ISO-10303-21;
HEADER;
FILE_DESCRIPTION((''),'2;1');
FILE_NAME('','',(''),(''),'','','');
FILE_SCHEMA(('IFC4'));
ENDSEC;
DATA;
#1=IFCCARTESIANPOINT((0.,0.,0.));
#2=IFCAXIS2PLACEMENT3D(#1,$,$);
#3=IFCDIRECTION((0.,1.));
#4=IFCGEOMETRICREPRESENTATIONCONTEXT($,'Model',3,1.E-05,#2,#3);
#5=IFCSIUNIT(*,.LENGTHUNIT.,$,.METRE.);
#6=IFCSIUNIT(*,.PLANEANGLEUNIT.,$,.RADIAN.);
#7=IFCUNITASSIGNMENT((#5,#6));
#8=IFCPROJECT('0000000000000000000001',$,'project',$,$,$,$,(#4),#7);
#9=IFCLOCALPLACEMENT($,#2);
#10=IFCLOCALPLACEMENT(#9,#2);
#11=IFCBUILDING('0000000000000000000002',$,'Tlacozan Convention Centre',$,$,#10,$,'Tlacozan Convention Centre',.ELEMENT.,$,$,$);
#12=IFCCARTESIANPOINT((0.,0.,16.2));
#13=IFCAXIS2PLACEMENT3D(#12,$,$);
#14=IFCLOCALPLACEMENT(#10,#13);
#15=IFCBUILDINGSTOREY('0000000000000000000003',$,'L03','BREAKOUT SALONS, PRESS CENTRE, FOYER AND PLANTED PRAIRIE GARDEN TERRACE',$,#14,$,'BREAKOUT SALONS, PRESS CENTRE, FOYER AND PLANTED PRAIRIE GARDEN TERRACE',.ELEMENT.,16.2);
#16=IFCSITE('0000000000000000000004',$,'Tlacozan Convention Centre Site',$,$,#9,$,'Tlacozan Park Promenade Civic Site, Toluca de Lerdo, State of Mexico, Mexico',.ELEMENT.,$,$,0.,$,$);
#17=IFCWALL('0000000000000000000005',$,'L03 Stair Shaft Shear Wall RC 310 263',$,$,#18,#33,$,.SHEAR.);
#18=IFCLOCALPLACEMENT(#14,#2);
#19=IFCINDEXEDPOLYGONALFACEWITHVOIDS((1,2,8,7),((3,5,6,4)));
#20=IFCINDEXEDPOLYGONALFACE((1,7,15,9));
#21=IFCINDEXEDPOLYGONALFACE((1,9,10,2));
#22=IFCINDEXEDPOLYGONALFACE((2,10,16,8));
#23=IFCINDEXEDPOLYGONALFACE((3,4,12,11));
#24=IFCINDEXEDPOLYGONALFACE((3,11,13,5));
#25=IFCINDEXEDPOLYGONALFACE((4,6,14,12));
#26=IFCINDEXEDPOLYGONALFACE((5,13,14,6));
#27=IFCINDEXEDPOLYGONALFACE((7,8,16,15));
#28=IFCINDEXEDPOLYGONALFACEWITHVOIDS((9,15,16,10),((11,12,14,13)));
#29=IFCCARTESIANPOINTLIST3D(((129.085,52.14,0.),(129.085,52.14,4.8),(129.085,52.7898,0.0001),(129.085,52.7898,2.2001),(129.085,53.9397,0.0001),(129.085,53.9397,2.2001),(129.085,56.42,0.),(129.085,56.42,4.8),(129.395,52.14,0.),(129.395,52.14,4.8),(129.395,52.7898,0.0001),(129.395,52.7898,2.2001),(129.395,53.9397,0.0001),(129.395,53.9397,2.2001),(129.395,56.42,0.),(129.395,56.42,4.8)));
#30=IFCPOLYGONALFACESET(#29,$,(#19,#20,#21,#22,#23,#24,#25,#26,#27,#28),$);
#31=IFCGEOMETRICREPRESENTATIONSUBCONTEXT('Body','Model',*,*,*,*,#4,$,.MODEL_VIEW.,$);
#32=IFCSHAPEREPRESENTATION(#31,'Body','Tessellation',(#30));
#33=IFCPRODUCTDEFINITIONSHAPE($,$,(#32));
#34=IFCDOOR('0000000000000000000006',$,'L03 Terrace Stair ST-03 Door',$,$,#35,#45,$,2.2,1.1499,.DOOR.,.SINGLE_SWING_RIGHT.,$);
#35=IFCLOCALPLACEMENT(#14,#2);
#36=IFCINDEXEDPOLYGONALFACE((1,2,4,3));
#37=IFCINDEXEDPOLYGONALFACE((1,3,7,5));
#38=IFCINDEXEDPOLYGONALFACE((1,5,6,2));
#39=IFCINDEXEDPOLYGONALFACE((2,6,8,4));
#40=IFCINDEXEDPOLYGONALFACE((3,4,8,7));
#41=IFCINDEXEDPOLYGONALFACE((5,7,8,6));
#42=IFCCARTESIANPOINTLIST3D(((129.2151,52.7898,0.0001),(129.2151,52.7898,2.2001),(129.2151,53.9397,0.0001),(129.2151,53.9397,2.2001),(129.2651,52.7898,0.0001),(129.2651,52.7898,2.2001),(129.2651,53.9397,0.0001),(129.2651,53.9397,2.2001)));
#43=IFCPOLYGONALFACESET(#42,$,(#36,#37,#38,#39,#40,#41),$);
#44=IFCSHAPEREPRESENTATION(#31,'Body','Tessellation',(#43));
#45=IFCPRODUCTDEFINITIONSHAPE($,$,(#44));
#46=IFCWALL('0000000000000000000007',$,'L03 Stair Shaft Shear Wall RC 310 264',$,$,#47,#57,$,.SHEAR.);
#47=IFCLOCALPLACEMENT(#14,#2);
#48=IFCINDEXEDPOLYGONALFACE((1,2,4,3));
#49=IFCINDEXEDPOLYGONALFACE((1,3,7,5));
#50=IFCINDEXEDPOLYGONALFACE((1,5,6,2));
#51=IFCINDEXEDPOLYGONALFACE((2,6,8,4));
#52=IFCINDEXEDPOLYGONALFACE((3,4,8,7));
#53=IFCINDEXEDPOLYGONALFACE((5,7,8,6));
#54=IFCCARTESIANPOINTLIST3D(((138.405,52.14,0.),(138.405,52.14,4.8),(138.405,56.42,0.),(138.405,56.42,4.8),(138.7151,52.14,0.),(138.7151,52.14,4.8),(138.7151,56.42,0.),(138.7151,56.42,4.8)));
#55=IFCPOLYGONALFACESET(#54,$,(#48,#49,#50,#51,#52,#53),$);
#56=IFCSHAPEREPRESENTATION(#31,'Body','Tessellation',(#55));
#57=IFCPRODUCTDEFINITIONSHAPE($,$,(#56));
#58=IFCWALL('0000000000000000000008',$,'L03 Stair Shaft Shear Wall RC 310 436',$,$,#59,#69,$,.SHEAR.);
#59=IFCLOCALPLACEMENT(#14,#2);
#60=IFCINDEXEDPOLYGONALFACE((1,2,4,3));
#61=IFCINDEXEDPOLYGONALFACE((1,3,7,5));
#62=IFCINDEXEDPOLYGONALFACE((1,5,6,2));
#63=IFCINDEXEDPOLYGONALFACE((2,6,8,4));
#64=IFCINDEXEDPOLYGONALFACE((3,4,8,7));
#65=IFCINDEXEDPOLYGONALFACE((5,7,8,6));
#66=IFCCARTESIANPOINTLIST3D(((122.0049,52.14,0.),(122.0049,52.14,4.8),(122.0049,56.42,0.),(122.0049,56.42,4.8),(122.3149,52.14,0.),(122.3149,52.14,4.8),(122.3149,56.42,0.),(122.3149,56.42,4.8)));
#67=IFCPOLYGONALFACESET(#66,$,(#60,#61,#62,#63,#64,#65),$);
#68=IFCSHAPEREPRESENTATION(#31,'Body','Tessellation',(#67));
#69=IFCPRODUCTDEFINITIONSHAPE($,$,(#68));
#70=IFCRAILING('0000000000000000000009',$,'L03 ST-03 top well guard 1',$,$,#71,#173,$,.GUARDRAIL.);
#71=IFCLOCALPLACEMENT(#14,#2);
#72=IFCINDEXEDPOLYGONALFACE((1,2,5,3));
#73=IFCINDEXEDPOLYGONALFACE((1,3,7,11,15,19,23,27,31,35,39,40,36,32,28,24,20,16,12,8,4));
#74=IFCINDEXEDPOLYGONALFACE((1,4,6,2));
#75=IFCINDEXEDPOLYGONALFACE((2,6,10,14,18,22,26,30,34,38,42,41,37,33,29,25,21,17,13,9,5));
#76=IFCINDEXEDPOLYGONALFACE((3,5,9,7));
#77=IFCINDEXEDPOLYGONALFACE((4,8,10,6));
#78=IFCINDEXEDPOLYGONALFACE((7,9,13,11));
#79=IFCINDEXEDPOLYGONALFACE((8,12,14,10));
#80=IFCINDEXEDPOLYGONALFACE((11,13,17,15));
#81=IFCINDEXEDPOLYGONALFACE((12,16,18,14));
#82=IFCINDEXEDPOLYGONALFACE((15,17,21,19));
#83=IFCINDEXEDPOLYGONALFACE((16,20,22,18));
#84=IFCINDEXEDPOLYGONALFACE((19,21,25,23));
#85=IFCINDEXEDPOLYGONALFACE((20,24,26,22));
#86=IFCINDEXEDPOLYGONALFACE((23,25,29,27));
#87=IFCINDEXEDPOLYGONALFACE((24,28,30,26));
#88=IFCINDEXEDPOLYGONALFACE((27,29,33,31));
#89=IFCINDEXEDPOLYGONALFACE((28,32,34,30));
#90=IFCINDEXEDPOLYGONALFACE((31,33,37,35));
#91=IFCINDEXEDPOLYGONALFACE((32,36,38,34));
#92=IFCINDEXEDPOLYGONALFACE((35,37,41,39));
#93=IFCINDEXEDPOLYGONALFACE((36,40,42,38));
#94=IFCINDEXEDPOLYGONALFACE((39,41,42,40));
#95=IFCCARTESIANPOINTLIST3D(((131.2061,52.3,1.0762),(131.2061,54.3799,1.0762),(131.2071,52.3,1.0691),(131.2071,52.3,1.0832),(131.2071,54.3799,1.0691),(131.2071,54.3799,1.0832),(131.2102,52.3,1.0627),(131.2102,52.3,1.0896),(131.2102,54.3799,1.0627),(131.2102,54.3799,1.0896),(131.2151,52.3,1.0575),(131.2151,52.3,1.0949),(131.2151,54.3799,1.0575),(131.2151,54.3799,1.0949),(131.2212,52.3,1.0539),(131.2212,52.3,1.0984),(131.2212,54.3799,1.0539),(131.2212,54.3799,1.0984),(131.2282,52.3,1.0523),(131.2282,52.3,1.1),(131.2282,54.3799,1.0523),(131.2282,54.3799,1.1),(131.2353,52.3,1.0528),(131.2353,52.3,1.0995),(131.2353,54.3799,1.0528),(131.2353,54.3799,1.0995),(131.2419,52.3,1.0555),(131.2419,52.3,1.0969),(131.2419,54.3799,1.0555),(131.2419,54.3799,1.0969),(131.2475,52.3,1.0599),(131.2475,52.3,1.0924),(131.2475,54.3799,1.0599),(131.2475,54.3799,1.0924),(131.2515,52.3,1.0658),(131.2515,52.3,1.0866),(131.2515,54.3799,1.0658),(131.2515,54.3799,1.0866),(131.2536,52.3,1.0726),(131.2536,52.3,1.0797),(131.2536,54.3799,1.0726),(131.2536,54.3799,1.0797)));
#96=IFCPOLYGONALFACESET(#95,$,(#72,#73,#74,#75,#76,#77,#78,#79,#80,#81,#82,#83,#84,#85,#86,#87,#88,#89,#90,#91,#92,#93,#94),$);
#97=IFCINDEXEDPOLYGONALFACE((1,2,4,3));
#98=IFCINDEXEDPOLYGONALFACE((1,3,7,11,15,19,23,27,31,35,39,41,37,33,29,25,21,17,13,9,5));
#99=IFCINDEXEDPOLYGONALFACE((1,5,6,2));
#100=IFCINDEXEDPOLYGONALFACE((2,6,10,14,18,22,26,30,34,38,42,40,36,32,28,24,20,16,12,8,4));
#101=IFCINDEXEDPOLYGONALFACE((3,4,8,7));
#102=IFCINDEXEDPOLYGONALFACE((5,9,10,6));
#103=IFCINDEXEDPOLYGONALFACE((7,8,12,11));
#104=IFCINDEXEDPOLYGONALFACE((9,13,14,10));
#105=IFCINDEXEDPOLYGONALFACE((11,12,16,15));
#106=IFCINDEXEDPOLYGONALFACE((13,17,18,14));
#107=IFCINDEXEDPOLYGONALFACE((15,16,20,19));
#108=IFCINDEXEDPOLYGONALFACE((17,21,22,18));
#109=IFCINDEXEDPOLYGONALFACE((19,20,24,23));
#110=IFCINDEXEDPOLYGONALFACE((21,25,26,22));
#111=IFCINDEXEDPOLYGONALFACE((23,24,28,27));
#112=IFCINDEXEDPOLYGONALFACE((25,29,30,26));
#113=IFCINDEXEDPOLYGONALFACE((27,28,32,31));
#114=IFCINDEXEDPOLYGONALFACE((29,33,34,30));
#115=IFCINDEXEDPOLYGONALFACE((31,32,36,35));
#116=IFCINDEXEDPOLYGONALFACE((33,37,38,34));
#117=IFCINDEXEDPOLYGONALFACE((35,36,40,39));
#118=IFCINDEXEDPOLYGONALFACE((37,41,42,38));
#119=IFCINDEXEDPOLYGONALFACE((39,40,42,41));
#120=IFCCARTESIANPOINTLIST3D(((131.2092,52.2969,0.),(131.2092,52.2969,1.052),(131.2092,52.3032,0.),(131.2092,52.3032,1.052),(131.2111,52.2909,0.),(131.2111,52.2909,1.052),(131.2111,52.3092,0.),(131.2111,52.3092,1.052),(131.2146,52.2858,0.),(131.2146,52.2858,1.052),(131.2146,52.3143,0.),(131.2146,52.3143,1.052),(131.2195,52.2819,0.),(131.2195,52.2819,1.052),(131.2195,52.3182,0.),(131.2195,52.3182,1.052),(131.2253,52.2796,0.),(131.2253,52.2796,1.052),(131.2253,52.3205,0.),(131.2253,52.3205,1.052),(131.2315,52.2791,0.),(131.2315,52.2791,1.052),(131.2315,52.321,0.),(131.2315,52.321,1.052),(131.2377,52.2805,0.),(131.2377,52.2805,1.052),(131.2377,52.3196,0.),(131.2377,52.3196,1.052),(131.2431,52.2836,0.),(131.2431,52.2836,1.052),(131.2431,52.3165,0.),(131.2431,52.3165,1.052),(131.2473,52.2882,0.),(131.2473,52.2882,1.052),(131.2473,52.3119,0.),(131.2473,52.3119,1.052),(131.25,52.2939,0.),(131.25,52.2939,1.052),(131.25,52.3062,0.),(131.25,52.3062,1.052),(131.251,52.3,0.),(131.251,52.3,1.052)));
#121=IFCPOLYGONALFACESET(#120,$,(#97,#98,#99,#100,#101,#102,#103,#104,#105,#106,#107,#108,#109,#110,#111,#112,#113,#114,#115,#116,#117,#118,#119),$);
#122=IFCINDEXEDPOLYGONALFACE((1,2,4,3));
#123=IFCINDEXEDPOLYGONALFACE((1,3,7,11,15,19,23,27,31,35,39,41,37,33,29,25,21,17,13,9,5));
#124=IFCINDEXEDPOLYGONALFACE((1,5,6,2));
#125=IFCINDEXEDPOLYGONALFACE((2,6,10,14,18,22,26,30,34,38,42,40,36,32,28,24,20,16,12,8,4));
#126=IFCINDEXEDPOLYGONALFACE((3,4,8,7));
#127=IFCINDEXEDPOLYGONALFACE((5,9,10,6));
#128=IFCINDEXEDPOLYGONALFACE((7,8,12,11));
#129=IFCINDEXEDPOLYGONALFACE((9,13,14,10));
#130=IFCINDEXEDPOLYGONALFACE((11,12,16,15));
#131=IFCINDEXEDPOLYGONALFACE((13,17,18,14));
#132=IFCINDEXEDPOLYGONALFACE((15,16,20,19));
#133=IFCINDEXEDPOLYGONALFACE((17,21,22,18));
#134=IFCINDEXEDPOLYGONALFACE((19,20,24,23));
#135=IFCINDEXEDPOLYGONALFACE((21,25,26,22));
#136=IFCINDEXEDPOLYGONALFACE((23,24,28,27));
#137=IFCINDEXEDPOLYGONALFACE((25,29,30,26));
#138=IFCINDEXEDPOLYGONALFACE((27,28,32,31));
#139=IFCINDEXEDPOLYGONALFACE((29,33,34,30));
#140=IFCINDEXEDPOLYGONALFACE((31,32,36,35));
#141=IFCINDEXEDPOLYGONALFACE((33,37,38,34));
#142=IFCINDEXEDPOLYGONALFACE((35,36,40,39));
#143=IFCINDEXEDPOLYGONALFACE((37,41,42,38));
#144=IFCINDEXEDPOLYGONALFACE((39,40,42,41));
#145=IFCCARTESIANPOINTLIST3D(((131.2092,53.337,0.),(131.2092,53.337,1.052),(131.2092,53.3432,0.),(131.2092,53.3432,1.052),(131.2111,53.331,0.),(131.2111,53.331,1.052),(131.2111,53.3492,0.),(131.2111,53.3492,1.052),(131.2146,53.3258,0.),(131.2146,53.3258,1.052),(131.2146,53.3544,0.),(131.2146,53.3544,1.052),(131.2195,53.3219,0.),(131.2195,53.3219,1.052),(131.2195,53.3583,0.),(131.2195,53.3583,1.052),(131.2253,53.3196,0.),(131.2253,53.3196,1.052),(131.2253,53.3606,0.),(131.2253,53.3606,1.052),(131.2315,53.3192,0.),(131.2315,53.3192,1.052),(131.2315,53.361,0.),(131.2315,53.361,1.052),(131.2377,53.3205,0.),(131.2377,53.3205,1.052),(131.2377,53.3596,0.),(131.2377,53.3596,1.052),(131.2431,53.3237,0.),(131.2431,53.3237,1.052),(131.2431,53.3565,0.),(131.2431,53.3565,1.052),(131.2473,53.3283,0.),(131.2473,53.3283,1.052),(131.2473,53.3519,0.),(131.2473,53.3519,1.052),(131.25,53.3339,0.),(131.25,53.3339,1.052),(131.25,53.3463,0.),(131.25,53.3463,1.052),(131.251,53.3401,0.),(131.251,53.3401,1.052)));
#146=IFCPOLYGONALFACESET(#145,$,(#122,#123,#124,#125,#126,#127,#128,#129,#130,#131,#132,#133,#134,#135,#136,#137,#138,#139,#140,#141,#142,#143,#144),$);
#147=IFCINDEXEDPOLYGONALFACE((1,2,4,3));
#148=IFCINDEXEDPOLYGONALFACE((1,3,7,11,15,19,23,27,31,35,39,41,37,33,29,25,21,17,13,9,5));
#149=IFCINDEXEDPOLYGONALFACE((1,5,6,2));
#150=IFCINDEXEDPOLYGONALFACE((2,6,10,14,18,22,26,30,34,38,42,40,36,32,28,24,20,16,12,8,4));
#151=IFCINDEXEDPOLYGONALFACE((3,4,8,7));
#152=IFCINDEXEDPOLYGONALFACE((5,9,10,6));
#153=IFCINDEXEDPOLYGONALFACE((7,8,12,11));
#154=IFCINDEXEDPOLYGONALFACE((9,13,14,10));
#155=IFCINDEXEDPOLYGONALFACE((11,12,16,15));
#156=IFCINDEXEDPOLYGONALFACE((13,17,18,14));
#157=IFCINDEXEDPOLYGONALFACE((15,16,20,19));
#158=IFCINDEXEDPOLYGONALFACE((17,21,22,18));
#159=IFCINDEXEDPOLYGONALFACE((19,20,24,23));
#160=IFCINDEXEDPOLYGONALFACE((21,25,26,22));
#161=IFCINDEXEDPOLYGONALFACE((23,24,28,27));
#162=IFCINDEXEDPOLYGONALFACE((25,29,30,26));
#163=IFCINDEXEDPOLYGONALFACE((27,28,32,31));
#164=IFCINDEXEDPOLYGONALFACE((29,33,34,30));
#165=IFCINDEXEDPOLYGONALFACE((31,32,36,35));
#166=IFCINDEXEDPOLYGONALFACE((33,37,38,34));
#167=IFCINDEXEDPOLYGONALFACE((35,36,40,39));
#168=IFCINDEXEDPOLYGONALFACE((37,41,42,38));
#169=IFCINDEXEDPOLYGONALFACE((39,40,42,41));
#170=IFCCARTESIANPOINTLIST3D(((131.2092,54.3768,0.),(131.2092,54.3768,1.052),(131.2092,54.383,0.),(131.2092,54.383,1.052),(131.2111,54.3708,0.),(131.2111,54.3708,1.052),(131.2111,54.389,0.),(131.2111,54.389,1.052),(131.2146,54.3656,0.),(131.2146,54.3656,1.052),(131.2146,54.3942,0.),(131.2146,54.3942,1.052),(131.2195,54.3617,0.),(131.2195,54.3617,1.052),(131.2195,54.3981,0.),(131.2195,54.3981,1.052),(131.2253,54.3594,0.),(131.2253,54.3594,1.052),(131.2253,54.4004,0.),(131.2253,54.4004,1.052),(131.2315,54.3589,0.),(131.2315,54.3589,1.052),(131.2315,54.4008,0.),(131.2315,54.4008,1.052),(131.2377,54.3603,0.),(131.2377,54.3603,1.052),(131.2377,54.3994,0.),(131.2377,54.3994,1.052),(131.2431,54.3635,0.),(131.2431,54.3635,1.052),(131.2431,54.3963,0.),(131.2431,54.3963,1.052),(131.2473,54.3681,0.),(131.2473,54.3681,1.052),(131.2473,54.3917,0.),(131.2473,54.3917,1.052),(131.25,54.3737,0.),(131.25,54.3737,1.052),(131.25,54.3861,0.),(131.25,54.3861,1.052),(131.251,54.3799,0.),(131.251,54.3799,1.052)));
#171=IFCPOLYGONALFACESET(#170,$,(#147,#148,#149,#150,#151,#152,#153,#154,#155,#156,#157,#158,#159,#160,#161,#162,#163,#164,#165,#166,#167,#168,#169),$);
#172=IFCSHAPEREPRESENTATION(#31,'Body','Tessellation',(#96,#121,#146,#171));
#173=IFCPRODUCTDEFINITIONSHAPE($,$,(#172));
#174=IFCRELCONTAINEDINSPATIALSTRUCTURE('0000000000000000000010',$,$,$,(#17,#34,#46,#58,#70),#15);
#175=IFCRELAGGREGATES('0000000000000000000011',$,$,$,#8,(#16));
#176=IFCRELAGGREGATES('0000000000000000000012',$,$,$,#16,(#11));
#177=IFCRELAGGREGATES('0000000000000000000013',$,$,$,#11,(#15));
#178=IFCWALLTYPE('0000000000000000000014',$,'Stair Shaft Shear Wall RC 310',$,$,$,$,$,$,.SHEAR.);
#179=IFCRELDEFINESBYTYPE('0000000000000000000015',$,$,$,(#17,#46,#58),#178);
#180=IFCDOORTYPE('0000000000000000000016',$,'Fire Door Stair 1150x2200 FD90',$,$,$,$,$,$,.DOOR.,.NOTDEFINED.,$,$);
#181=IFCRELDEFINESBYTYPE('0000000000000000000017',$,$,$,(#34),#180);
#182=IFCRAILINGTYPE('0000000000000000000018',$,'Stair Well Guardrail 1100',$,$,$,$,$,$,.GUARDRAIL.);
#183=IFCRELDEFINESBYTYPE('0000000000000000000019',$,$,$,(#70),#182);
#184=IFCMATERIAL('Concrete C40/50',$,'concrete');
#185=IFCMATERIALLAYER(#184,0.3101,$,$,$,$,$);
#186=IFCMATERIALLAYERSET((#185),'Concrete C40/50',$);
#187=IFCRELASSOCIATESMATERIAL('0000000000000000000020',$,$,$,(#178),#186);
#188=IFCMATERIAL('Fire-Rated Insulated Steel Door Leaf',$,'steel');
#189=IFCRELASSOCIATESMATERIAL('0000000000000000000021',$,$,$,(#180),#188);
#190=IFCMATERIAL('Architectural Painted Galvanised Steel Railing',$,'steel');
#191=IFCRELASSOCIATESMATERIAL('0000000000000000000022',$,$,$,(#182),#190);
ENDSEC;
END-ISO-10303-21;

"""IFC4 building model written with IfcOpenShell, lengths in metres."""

from ifc_helpers import new_model, si_unit, direction, frame, frame_2d, origin, origin_2d, place, context, subcontext, project, spatial, rectangle, circle, extrude, material, layer, layer_set, type_object, element, fill, save


model = new_model("IFC4")

# Units and contexts
model_context = context("Model", 3, precision=1e-05, world=origin(), true_north=direction((0.0, 1.0)))
body_context = subcontext(model_context, "Body", "Model", "MODEL_VIEW")
ifc_project = project(units=[si_unit("LENGTHUNIT", "METRE"), si_unit("PLANEANGLEUNIT", "RADIAN")], contexts=[model_context])

# Site, building, storey
site_placement = place(None, origin())
site = spatial("IfcSite", under=ifc_project, at=site_placement, Name="Tlacozan Convention Centre Site", LongName="Tlacozan Park Promenade Civic Site, Toluca de Lerdo, State of Mexico, Mexico", CompositionType="ELEMENT", RefElevation=0.0)
building_placement = place(site_placement, origin())
building = spatial("IfcBuilding", under=site, at=building_placement, Name="Tlacozan Convention Centre", LongName="Tlacozan Convention Centre", CompositionType="ELEMENT")
storey_placement = place(building_placement, frame((0.0, 0.0, 16.2)))
storey = spatial("IfcBuildingStorey", under=building, at=storey_placement, Name="L03", Description="BREAKOUT SALONS, PRESS CENTRE, FOYER AND PLANTED PRAIRIE GARDEN TERRACE", LongName="BREAKOUT SALONS, PRESS CENTRE, FOYER AND PLANTED PRAIRIE GARDEN TERRACE", CompositionType="ELEMENT", Elevation=16.2)

# Shared definitions
ifc_material_1 = material(Name="Concrete C40/50", Category="concrete")
ifc_layer_1 = layer(ifc_material_1, 0.3101)
ifc_layer_set_1 = layer_set([ifc_layer_1], Name="Concrete C40/50")
wall_type = type_object("IfcWallType", Name="Stair Shaft Shear Wall RC 310", PredefinedType="SHEAR", material=ifc_layer_set_1)

# Wall, opening, door
wall_placement = place(storey_placement, frame((129.24, 52.1399, 0.0), z_axis=(0.0, 0.0, 1.0), x_axis=(0.0, 1.0, 0.0)))
wall = element("IfcWall", 1, at=wall_placement, inside=storey, type_object=wall_type, Name="L03 Stair Shaft Shear Wall RC 310 263", PredefinedType="SHEAR", context=body_context, shape_type="SweptSolid", body=[
    extrude(rectangle(XDim=4.28, YDim=0.3101, at=frame_2d((2.1401, 0.0))), origin(), (0.0, 0.0, 1.0), 4.8),
])
opening_placement = place(wall_placement, frame((0.6499, 0.0, 0.0)))
opening = element("IfcOpeningElement", 2, at=opening_placement, cuts=wall, PredefinedType="OPENING", context=body_context, shape_type="SweptSolid", body=[
    extrude(rectangle(XDim=1.1499, YDim=2.2, at=frame_2d((0.575, 1.1001))), frame((0.0, 0.165, 0.0), z_axis=(0.0, -1.0, 0.0), x_axis=(1.0, 0.0, 0.0)), (0.0, 0.0, 1.0), 0.3301),
])
ifc_material_2 = material(Name="Fire-Rated Insulated Steel Door Leaf", Category="steel")
door_type = type_object("IfcDoorType", Name="Fire Door Stair 1150x2200 FD90", OperationType="NOTDEFINED", PredefinedType="DOOR", material=ifc_material_2)
door_placement = place(opening_placement, origin())
door = element("IfcDoor", 3, at=door_placement, inside=storey, type_object=door_type, Name="L03 Terrace Stair ST-03 Door", OperationType="SINGLE_SWING_RIGHT", OverallHeight=2.2, OverallWidth=1.1499, PredefinedType="DOOR", context=body_context, shape_type="SweptSolid", body=[
    extrude(rectangle(XDim=1.1499, YDim=2.2, at=frame_2d((0.575, 1.1001))), frame((0.0, 0.0249, 0.0), z_axis=(0.0, -1.0, 0.0), x_axis=(1.0, 0.0, 0.0)), (0.0, 0.0, 1.0), 0.05),
])
fill(opening, door)

# Walls
for number, where, z_axis, x_axis, name in (
    (4, (138.5601, 52.1399, 0.0), (0.0, 0.0, 1.0), (0.0, 1.0, 0.0), "L03 Stair Shaft Shear Wall RC 310 264"),
    (5, (122.1599, 52.1399, 0.0), (0.0, 0.0, 1.0), (0.0, 1.0, 0.0), "L03 Stair Shaft Shear Wall RC 310 436"),
):
    element("IfcWall", number, at=place(storey_placement, frame(where, z_axis=z_axis, x_axis=x_axis)), inside=storey, type_object=wall_type, Name=name, PredefinedType="SHEAR", context=body_context, shape_type="SweptSolid", body=[
        extrude(rectangle(XDim=4.28, YDim=0.3101, at=frame_2d((2.1401, 0.0))), origin(), (0.0, 0.0, 1.0), 4.8),
    ])

# Railing
ifc_material_3 = material(Name="Architectural Painted Galvanised Steel Railing", Category="steel")
railing_type = type_object("IfcRailingType", Name="Stair Well Guardrail 1100", PredefinedType="GUARDRAIL", material=ifc_material_3)
railing_placement = place(storey_placement, frame((131.23, 52.3, 0.0)))
element("IfcRailing", 6, at=railing_placement, inside=storey, type_object=railing_type, Name="L03 ST-03 top well guard 1", PredefinedType="GUARDRAIL", context=body_context, shape_type="SweptSolid", body=[
    extrude(circle(Radius=0.0239, at=origin_2d()), frame((0.0, 0.0, 1.0762), z_axis=(0.0, 1.0, 0.0), x_axis=(-1.0, 0.0, 0.0)), (0.0, 0.0, 1.0), 2.0798),
    extrude(circle(Radius=0.021, at=origin_2d()), origin(), (0.0, 0.0, 1.0), 1.052),
    extrude(circle(Radius=0.021, at=origin_2d()), frame((0.0, 1.04, 0.0)), (0.0, 0.0, 1.0), 1.052),
    extrude(circle(Radius=0.021, at=origin_2d()), frame((0.0, 2.0798, 0.0)), (0.0, 0.0, 1.0), 1.052),
])

save(model, "model.ifc")
